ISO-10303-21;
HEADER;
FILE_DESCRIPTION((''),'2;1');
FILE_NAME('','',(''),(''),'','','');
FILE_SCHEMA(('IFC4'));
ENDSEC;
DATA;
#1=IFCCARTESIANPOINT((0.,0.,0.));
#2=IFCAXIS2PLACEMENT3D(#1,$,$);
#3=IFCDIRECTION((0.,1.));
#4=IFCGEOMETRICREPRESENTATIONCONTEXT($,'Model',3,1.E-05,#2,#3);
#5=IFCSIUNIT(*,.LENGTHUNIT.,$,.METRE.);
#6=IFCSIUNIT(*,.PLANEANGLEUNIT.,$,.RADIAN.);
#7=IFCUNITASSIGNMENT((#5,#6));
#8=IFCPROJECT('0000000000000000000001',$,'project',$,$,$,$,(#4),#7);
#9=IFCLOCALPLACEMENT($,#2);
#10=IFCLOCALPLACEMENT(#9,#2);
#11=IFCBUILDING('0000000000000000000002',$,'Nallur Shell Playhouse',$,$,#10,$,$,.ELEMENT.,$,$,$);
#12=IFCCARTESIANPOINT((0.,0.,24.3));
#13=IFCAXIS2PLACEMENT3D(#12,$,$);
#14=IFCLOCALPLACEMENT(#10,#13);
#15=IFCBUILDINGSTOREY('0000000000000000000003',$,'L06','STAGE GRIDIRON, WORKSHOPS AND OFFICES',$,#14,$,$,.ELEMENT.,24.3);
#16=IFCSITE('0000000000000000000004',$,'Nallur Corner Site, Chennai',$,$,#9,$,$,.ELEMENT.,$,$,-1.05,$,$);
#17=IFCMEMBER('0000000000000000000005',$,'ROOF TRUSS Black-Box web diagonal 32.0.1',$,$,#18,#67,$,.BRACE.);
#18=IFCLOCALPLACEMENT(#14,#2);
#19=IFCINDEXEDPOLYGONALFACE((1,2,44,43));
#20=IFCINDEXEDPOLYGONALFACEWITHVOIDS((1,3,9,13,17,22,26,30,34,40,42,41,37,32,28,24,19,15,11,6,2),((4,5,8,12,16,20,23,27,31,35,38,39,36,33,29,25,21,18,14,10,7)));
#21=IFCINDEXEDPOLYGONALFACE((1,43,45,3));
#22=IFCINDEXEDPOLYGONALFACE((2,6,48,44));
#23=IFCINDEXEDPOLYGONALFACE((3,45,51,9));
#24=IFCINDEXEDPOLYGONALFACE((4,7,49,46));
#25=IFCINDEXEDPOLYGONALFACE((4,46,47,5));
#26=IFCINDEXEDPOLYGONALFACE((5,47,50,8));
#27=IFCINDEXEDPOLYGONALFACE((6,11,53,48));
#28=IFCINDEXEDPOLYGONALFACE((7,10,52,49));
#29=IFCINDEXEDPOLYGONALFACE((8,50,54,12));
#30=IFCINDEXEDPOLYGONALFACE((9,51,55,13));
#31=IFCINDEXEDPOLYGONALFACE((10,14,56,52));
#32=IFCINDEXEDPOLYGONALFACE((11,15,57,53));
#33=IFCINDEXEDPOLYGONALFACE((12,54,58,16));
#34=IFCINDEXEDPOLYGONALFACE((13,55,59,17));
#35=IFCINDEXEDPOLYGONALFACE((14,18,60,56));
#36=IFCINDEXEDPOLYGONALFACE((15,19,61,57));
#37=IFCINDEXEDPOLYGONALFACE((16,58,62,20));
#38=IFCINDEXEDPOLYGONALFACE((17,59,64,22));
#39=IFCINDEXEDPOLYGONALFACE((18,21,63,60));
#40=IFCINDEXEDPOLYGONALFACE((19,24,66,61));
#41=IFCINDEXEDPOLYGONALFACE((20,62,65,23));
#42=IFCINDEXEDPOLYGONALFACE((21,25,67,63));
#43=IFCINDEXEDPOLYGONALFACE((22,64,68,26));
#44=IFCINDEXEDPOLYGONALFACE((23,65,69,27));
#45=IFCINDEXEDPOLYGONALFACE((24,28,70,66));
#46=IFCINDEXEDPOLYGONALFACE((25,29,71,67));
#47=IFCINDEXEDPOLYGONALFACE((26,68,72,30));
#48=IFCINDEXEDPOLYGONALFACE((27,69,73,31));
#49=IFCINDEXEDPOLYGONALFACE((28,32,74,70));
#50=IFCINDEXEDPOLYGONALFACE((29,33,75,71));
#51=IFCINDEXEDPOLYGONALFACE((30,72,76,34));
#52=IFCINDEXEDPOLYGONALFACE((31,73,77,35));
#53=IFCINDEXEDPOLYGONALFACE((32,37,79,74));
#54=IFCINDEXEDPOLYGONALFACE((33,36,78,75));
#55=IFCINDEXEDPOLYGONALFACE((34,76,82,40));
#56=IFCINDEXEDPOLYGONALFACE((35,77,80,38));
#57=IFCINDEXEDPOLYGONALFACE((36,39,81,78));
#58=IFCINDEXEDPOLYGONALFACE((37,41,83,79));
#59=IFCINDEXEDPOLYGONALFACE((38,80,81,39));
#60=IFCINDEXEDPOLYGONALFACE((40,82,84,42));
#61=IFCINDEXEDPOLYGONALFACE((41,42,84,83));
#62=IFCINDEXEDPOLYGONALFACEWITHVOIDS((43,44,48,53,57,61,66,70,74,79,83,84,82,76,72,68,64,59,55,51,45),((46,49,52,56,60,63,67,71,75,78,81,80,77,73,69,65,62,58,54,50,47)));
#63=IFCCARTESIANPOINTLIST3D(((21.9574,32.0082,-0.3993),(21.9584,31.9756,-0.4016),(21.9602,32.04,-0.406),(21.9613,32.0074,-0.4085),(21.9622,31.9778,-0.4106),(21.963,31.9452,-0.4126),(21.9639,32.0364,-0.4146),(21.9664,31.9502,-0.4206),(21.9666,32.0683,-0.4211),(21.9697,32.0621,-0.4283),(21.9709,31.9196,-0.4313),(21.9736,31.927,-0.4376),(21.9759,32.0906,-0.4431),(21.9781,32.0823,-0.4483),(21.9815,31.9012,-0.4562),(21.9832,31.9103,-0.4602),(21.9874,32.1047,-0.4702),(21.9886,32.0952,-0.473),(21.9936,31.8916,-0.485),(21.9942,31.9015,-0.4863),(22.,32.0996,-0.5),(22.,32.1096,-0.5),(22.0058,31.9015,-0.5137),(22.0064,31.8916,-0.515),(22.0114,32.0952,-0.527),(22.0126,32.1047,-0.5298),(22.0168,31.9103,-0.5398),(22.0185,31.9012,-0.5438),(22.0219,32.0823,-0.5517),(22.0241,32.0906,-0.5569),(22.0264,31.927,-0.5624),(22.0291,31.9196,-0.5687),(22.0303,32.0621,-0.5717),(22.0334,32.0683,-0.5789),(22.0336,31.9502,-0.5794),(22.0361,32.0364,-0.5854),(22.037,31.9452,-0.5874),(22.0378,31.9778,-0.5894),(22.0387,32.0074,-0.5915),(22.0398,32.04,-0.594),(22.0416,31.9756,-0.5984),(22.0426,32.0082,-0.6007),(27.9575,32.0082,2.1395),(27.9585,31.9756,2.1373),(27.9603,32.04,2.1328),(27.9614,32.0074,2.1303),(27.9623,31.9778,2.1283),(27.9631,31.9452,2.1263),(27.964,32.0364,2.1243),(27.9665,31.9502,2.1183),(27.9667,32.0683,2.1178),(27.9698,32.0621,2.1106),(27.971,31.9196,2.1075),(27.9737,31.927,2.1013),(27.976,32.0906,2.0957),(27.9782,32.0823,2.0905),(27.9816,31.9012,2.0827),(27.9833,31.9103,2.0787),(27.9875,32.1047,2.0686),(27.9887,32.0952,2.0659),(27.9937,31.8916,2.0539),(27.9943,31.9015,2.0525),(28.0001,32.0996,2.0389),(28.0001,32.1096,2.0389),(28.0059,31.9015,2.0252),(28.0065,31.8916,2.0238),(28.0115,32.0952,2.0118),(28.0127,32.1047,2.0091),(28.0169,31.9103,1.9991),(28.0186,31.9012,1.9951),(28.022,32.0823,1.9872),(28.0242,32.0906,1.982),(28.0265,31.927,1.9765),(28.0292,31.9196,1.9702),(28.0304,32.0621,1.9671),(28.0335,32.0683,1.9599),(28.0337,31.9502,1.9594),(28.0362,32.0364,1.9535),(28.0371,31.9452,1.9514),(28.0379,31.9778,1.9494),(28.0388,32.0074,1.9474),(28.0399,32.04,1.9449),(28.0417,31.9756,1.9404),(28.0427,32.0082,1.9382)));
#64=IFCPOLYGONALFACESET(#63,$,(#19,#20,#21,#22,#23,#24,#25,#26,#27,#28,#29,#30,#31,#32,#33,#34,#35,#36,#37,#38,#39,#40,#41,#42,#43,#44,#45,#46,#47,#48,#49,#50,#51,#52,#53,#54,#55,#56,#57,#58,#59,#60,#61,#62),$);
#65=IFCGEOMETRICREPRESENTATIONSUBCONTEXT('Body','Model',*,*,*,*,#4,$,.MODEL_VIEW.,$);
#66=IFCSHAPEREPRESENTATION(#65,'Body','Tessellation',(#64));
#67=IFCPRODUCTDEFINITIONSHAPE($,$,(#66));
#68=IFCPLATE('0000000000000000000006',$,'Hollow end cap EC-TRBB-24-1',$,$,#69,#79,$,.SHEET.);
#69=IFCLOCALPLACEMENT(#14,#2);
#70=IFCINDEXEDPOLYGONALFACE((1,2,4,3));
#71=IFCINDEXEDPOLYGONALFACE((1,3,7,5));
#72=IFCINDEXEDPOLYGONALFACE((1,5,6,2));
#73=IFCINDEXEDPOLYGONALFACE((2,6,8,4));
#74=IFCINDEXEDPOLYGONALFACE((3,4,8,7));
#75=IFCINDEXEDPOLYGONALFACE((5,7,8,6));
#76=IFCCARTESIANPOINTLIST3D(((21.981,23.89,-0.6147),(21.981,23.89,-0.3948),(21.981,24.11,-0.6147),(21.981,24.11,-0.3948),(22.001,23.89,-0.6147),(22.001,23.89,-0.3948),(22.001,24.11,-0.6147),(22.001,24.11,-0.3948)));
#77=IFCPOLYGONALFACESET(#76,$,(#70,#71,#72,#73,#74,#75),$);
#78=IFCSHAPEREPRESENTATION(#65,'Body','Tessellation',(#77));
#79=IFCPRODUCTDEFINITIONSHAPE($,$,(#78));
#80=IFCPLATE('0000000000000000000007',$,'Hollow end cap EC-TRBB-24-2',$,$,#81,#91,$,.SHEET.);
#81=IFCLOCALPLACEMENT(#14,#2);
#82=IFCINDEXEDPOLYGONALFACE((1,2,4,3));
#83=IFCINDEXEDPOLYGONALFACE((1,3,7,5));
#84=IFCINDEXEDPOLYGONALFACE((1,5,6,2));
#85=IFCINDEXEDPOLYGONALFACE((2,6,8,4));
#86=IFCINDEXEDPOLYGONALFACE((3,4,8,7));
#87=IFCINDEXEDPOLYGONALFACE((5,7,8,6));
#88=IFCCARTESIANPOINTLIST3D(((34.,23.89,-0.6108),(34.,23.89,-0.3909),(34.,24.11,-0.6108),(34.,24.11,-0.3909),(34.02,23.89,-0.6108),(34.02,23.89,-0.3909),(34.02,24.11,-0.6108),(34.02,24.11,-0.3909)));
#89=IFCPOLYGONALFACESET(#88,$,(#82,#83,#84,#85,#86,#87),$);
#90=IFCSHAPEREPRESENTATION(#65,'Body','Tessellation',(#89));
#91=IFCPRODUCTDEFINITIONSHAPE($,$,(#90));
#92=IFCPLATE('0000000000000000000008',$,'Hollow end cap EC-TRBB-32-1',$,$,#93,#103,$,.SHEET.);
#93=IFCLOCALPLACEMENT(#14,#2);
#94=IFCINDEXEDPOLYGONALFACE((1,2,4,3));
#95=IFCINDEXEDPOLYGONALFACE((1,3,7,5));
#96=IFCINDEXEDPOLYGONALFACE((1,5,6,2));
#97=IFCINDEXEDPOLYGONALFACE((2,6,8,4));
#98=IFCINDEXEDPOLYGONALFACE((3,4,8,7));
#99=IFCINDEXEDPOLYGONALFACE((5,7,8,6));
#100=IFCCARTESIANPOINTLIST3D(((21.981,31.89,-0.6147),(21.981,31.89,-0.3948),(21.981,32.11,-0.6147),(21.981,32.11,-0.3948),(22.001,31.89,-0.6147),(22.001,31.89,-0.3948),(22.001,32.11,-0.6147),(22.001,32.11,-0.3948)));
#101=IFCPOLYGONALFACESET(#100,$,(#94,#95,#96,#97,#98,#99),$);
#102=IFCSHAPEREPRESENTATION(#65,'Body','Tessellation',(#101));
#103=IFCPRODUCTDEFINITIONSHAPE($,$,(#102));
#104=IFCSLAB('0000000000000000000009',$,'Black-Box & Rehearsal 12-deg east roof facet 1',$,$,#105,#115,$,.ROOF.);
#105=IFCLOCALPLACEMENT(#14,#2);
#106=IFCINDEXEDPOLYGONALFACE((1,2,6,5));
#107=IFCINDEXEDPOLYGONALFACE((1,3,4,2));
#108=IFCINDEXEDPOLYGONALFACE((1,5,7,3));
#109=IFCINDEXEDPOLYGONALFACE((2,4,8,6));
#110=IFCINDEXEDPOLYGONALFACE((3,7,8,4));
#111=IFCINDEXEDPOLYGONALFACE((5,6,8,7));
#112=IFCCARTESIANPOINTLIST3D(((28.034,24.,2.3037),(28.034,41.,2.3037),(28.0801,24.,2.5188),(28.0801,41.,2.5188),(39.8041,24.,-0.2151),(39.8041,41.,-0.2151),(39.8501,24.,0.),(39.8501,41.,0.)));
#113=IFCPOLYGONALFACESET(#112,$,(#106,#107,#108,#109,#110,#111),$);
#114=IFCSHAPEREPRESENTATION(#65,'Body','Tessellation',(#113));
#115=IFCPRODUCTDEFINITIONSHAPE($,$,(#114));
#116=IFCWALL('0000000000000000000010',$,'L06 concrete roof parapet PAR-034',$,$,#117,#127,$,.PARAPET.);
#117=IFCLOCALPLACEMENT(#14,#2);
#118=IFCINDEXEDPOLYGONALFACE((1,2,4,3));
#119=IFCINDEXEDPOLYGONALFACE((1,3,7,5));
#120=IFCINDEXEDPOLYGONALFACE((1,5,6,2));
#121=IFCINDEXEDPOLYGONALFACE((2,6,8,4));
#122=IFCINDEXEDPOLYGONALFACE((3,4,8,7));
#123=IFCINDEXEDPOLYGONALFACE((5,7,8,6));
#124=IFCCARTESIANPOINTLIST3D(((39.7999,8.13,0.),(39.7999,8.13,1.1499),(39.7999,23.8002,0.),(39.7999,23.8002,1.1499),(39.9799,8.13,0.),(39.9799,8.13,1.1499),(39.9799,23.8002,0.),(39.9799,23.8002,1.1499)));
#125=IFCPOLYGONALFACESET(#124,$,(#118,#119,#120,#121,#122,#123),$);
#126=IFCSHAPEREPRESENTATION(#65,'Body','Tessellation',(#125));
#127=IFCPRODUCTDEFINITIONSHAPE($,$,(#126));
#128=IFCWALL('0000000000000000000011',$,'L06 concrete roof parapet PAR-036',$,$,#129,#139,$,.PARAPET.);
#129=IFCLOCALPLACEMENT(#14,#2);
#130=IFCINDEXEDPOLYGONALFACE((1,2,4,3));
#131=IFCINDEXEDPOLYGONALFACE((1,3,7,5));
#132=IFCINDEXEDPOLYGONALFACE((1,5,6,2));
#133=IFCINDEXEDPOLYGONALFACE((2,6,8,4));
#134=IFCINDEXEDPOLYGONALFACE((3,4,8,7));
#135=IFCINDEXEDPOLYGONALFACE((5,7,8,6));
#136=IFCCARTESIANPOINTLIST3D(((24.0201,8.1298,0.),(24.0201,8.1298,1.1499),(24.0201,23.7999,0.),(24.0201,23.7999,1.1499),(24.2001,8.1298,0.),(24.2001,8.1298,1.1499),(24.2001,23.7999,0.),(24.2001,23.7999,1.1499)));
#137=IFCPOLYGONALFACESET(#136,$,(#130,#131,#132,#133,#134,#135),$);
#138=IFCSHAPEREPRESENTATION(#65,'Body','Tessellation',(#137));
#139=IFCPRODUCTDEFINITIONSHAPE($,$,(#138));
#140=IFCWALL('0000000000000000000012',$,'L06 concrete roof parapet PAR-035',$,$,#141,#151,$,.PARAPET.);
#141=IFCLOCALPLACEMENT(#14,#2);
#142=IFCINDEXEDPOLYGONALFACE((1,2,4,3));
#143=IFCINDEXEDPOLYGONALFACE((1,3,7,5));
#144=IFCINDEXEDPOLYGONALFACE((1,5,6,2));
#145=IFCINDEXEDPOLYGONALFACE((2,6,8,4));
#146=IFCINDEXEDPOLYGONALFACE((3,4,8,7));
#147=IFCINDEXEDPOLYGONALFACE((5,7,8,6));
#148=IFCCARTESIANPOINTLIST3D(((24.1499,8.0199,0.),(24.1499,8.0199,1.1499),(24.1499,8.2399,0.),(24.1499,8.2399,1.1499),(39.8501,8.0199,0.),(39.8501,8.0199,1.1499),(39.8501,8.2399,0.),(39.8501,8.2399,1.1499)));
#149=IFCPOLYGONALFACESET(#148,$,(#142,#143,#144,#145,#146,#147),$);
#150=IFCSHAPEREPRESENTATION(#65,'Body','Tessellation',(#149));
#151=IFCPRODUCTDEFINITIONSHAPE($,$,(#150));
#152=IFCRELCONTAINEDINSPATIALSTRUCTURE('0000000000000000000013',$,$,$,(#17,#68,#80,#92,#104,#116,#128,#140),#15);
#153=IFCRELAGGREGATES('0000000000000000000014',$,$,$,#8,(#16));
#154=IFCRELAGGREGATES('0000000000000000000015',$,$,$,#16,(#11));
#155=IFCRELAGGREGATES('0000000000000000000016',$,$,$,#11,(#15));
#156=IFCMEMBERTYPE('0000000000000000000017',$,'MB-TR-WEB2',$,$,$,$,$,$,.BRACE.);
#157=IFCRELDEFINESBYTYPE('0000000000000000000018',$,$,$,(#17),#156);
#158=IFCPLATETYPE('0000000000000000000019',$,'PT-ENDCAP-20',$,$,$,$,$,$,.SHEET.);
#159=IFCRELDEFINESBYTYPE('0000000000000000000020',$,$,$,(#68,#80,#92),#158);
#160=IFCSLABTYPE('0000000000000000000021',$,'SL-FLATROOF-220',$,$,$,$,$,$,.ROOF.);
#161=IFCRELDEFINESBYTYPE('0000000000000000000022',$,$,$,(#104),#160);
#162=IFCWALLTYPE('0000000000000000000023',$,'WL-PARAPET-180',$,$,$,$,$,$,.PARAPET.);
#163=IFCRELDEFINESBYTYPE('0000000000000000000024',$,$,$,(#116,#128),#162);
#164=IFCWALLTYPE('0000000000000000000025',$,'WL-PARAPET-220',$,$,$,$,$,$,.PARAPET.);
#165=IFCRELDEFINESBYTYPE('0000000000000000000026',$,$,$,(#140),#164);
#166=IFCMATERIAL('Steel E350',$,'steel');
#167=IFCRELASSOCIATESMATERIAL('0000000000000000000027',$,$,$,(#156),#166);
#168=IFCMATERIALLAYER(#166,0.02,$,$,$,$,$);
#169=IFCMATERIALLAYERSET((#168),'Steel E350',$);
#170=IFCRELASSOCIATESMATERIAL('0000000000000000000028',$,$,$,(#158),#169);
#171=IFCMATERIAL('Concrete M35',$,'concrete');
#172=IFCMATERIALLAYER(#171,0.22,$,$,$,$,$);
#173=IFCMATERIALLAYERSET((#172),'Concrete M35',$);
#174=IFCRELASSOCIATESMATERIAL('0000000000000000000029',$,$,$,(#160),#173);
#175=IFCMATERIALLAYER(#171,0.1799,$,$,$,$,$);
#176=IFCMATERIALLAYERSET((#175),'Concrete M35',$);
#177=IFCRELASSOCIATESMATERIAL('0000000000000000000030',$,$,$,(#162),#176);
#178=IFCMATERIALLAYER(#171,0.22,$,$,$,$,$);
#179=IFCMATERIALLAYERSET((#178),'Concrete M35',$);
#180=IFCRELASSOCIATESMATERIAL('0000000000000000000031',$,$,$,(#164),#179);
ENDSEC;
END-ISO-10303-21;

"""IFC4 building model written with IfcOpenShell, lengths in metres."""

from ifc_helpers import new_model, si_unit, direction, frame, frame_2d, origin, origin_2d, place, context, subcontext, project, spatial, polyline, rectangle, hollow_circle, outline, extrude, material, layer, layer_set, material_profile, profile_set, type_object, element, save


model = new_model("IFC4")

# Units and contexts
model_context = context("Model", 3, precision=1e-05, world=origin(), true_north=direction((0.0, 1.0)))
body_context = subcontext(model_context, "Body", "Model", "MODEL_VIEW")
ifc_project = project(units=[si_unit("LENGTHUNIT", "METRE"), si_unit("PLANEANGLEUNIT", "RADIAN")], contexts=[model_context])

# Site, building, storey
site_placement = place(None, origin())
site = spatial("IfcSite", under=ifc_project, at=site_placement, Name="Nallur Corner Site, Chennai", CompositionType="ELEMENT", RefElevation=-1.05)
building_placement = place(site_placement, origin())
building = spatial("IfcBuilding", under=site, at=building_placement, Name="Nallur Shell Playhouse", CompositionType="ELEMENT")
storey_placement = place(building_placement, frame((0.0, 0.0, 24.3)))
storey = spatial("IfcBuildingStorey", under=building, at=storey_placement, Name="L06", Description="STAGE GRIDIRON, WORKSHOPS AND OFFICES", CompositionType="ELEMENT", Elevation=24.3)

# Shared definitions
ifc_material_1 = material(Name="Concrete M35", Category="concrete")
ifc_material_2 = material(Name="Steel E350", Category="steel")

# Member
ifc_material_profile_1 = material_profile(ifc_material_2, hollow_circle(Radius=0.1096, WallThickness=0.01, at=origin_2d()), Name="CHS 219.1x10")
ifc_profile_set_1 = profile_set([ifc_material_profile_1], Name="Steel E350")
member_type_1 = type_object("IfcMemberType", Name="MB-TR-WEB2", PredefinedType="BRACE", material=ifc_profile_set_1)
for number, where, z_axis, x_axis, name in (
    (1, (22.0, 32.0, -0.5), (0.920948, 0.0, 0.389686), (0.0, 1.0, 0.0), "ROOF TRUSS Black-Box web diagonal 32.0.1"),
):
    element("IfcMember", number, at=place(storey_placement, frame(where, z_axis=z_axis, x_axis=x_axis)), inside=storey, type_object=member_type_1, Name=name, PredefinedType="BRACE", context=body_context, shape_type="SweptSolid", body=[
        extrude(hollow_circle(Radius=0.1096, WallThickness=0.01, at=origin_2d()), origin(), (0.0, 0.0, 1.0), 6.5151),
    ])

# Plates
ifc_layer_1 = layer(ifc_material_2, 0.02)
ifc_layer_set_1 = layer_set([ifc_layer_1], Name="Steel E350")
plate_type = type_object("IfcPlateType", Name="PT-ENDCAP-20", PredefinedType="SHEET", material=ifc_layer_set_1)
for number, where, z_axis, x_axis, name in (
    (2, (21.991, 24.0, -0.6147), (0.0, 0.0, 1.0), (1.0, 0.0, 0.0), "Hollow end cap EC-TRBB-24-1"),
    (3, (34.01, 24.0, -0.6108), (0.0, 0.0, 1.0), (1.0, 0.0, 0.0), "Hollow end cap EC-TRBB-24-2"),
    (4, (21.991, 32.0, -0.6147), (0.0, 0.0, 1.0), (1.0, 0.0, 0.0), "Hollow end cap EC-TRBB-32-1"),
):
    element("IfcPlate", number, at=place(storey_placement, frame(where, z_axis=z_axis, x_axis=x_axis)), inside=storey, type_object=plate_type, Name=name, PredefinedType="SHEET", context=body_context, shape_type="SweptSolid", body=[
        extrude(rectangle(XDim=0.02, YDim=0.22, at=origin_2d()), origin(), (0.0, 0.0, 1.0), 0.22),
    ])

# Slab
ifc_layer_2 = layer(ifc_material_1, 0.22)
ifc_layer_set_2 = layer_set([ifc_layer_2], Name="Concrete M35")
slab_type = type_object("IfcSlabType", Name="SL-FLATROOF-220", PredefinedType="ROOF", material=ifc_layer_set_2)
slab_placement = place(storey_placement, frame((28.0801, 24.0, 2.5188), z_axis=(0.209263, 0.0, 0.977859), x_axis=(0.977859, 0.0, -0.209263)))
element("IfcSlab", 5, at=slab_placement, inside=storey, type_object=slab_type, Name="Black-Box & Rehearsal 12-deg east roof facet 1", PredefinedType="ROOF", context=body_context, shape_type="SweptSolid", body=[
    extrude(outline(polyline([(0.0, 0.0), (12.0365, 0.0), (12.0365, 17.0), (0.0, 17.0), (0.0, 0.0)])), origin(), (0.0, 0.0, -1.0), 0.22),
])

# Walls
ifc_layer_3 = layer(ifc_material_1, 0.1799)
ifc_layer_set_3 = layer_set([ifc_layer_3], Name="Concrete M35")
wall_type_1 = type_object("IfcWallType", Name="WL-PARAPET-180", PredefinedType="PARAPET", material=ifc_layer_set_3)
for number, where, z_axis, x_axis, name in (
    (6, (39.8899, 23.8, 0.0), (0.0, 0.0, 1.0), (0.0, -1.0, 0.0), "L06 concrete roof parapet PAR-034"),
    (7, (24.1101, 8.1299, 0.0), (0.0, 0.0, 1.0), (0.0, 1.0, 0.0), "L06 concrete roof parapet PAR-036"),
):
    element("IfcWall", number, at=place(storey_placement, frame(where, z_axis=z_axis, x_axis=x_axis)), inside=storey, type_object=wall_type_1, Name=name, PredefinedType="PARAPET", context=body_context, shape_type="SweptSolid", body=[
        extrude(rectangle(XDim=15.6702, YDim=0.1799, at=frame_2d((7.835, 0.0))), origin(), (0.0, 0.0, 1.0), 1.1499),
    ])
ifc_layer_4 = layer(ifc_material_1, 0.22)
ifc_layer_set_4 = layer_set([ifc_layer_4], Name="Concrete M35")
wall_type_2 = type_object("IfcWallType", Name="WL-PARAPET-220", PredefinedType="PARAPET", material=ifc_layer_set_4)
wall_placement = place(storey_placement, frame((39.8501, 8.1299, 0.0), z_axis=(0.0, 0.0, 1.0), x_axis=(-1.0, 0.0, 0.0)))
element("IfcWall", 8, at=wall_placement, inside=storey, type_object=wall_type_2, Name="L06 concrete roof parapet PAR-035", PredefinedType="PARAPET", context=body_context, shape_type="SweptSolid", body=[
    extrude(rectangle(XDim=15.7002, YDim=0.22, at=frame_2d((7.8501, 0.0))), origin(), (0.0, 0.0, 1.0), 1.1499),
])

save(model, "model.ifc")
